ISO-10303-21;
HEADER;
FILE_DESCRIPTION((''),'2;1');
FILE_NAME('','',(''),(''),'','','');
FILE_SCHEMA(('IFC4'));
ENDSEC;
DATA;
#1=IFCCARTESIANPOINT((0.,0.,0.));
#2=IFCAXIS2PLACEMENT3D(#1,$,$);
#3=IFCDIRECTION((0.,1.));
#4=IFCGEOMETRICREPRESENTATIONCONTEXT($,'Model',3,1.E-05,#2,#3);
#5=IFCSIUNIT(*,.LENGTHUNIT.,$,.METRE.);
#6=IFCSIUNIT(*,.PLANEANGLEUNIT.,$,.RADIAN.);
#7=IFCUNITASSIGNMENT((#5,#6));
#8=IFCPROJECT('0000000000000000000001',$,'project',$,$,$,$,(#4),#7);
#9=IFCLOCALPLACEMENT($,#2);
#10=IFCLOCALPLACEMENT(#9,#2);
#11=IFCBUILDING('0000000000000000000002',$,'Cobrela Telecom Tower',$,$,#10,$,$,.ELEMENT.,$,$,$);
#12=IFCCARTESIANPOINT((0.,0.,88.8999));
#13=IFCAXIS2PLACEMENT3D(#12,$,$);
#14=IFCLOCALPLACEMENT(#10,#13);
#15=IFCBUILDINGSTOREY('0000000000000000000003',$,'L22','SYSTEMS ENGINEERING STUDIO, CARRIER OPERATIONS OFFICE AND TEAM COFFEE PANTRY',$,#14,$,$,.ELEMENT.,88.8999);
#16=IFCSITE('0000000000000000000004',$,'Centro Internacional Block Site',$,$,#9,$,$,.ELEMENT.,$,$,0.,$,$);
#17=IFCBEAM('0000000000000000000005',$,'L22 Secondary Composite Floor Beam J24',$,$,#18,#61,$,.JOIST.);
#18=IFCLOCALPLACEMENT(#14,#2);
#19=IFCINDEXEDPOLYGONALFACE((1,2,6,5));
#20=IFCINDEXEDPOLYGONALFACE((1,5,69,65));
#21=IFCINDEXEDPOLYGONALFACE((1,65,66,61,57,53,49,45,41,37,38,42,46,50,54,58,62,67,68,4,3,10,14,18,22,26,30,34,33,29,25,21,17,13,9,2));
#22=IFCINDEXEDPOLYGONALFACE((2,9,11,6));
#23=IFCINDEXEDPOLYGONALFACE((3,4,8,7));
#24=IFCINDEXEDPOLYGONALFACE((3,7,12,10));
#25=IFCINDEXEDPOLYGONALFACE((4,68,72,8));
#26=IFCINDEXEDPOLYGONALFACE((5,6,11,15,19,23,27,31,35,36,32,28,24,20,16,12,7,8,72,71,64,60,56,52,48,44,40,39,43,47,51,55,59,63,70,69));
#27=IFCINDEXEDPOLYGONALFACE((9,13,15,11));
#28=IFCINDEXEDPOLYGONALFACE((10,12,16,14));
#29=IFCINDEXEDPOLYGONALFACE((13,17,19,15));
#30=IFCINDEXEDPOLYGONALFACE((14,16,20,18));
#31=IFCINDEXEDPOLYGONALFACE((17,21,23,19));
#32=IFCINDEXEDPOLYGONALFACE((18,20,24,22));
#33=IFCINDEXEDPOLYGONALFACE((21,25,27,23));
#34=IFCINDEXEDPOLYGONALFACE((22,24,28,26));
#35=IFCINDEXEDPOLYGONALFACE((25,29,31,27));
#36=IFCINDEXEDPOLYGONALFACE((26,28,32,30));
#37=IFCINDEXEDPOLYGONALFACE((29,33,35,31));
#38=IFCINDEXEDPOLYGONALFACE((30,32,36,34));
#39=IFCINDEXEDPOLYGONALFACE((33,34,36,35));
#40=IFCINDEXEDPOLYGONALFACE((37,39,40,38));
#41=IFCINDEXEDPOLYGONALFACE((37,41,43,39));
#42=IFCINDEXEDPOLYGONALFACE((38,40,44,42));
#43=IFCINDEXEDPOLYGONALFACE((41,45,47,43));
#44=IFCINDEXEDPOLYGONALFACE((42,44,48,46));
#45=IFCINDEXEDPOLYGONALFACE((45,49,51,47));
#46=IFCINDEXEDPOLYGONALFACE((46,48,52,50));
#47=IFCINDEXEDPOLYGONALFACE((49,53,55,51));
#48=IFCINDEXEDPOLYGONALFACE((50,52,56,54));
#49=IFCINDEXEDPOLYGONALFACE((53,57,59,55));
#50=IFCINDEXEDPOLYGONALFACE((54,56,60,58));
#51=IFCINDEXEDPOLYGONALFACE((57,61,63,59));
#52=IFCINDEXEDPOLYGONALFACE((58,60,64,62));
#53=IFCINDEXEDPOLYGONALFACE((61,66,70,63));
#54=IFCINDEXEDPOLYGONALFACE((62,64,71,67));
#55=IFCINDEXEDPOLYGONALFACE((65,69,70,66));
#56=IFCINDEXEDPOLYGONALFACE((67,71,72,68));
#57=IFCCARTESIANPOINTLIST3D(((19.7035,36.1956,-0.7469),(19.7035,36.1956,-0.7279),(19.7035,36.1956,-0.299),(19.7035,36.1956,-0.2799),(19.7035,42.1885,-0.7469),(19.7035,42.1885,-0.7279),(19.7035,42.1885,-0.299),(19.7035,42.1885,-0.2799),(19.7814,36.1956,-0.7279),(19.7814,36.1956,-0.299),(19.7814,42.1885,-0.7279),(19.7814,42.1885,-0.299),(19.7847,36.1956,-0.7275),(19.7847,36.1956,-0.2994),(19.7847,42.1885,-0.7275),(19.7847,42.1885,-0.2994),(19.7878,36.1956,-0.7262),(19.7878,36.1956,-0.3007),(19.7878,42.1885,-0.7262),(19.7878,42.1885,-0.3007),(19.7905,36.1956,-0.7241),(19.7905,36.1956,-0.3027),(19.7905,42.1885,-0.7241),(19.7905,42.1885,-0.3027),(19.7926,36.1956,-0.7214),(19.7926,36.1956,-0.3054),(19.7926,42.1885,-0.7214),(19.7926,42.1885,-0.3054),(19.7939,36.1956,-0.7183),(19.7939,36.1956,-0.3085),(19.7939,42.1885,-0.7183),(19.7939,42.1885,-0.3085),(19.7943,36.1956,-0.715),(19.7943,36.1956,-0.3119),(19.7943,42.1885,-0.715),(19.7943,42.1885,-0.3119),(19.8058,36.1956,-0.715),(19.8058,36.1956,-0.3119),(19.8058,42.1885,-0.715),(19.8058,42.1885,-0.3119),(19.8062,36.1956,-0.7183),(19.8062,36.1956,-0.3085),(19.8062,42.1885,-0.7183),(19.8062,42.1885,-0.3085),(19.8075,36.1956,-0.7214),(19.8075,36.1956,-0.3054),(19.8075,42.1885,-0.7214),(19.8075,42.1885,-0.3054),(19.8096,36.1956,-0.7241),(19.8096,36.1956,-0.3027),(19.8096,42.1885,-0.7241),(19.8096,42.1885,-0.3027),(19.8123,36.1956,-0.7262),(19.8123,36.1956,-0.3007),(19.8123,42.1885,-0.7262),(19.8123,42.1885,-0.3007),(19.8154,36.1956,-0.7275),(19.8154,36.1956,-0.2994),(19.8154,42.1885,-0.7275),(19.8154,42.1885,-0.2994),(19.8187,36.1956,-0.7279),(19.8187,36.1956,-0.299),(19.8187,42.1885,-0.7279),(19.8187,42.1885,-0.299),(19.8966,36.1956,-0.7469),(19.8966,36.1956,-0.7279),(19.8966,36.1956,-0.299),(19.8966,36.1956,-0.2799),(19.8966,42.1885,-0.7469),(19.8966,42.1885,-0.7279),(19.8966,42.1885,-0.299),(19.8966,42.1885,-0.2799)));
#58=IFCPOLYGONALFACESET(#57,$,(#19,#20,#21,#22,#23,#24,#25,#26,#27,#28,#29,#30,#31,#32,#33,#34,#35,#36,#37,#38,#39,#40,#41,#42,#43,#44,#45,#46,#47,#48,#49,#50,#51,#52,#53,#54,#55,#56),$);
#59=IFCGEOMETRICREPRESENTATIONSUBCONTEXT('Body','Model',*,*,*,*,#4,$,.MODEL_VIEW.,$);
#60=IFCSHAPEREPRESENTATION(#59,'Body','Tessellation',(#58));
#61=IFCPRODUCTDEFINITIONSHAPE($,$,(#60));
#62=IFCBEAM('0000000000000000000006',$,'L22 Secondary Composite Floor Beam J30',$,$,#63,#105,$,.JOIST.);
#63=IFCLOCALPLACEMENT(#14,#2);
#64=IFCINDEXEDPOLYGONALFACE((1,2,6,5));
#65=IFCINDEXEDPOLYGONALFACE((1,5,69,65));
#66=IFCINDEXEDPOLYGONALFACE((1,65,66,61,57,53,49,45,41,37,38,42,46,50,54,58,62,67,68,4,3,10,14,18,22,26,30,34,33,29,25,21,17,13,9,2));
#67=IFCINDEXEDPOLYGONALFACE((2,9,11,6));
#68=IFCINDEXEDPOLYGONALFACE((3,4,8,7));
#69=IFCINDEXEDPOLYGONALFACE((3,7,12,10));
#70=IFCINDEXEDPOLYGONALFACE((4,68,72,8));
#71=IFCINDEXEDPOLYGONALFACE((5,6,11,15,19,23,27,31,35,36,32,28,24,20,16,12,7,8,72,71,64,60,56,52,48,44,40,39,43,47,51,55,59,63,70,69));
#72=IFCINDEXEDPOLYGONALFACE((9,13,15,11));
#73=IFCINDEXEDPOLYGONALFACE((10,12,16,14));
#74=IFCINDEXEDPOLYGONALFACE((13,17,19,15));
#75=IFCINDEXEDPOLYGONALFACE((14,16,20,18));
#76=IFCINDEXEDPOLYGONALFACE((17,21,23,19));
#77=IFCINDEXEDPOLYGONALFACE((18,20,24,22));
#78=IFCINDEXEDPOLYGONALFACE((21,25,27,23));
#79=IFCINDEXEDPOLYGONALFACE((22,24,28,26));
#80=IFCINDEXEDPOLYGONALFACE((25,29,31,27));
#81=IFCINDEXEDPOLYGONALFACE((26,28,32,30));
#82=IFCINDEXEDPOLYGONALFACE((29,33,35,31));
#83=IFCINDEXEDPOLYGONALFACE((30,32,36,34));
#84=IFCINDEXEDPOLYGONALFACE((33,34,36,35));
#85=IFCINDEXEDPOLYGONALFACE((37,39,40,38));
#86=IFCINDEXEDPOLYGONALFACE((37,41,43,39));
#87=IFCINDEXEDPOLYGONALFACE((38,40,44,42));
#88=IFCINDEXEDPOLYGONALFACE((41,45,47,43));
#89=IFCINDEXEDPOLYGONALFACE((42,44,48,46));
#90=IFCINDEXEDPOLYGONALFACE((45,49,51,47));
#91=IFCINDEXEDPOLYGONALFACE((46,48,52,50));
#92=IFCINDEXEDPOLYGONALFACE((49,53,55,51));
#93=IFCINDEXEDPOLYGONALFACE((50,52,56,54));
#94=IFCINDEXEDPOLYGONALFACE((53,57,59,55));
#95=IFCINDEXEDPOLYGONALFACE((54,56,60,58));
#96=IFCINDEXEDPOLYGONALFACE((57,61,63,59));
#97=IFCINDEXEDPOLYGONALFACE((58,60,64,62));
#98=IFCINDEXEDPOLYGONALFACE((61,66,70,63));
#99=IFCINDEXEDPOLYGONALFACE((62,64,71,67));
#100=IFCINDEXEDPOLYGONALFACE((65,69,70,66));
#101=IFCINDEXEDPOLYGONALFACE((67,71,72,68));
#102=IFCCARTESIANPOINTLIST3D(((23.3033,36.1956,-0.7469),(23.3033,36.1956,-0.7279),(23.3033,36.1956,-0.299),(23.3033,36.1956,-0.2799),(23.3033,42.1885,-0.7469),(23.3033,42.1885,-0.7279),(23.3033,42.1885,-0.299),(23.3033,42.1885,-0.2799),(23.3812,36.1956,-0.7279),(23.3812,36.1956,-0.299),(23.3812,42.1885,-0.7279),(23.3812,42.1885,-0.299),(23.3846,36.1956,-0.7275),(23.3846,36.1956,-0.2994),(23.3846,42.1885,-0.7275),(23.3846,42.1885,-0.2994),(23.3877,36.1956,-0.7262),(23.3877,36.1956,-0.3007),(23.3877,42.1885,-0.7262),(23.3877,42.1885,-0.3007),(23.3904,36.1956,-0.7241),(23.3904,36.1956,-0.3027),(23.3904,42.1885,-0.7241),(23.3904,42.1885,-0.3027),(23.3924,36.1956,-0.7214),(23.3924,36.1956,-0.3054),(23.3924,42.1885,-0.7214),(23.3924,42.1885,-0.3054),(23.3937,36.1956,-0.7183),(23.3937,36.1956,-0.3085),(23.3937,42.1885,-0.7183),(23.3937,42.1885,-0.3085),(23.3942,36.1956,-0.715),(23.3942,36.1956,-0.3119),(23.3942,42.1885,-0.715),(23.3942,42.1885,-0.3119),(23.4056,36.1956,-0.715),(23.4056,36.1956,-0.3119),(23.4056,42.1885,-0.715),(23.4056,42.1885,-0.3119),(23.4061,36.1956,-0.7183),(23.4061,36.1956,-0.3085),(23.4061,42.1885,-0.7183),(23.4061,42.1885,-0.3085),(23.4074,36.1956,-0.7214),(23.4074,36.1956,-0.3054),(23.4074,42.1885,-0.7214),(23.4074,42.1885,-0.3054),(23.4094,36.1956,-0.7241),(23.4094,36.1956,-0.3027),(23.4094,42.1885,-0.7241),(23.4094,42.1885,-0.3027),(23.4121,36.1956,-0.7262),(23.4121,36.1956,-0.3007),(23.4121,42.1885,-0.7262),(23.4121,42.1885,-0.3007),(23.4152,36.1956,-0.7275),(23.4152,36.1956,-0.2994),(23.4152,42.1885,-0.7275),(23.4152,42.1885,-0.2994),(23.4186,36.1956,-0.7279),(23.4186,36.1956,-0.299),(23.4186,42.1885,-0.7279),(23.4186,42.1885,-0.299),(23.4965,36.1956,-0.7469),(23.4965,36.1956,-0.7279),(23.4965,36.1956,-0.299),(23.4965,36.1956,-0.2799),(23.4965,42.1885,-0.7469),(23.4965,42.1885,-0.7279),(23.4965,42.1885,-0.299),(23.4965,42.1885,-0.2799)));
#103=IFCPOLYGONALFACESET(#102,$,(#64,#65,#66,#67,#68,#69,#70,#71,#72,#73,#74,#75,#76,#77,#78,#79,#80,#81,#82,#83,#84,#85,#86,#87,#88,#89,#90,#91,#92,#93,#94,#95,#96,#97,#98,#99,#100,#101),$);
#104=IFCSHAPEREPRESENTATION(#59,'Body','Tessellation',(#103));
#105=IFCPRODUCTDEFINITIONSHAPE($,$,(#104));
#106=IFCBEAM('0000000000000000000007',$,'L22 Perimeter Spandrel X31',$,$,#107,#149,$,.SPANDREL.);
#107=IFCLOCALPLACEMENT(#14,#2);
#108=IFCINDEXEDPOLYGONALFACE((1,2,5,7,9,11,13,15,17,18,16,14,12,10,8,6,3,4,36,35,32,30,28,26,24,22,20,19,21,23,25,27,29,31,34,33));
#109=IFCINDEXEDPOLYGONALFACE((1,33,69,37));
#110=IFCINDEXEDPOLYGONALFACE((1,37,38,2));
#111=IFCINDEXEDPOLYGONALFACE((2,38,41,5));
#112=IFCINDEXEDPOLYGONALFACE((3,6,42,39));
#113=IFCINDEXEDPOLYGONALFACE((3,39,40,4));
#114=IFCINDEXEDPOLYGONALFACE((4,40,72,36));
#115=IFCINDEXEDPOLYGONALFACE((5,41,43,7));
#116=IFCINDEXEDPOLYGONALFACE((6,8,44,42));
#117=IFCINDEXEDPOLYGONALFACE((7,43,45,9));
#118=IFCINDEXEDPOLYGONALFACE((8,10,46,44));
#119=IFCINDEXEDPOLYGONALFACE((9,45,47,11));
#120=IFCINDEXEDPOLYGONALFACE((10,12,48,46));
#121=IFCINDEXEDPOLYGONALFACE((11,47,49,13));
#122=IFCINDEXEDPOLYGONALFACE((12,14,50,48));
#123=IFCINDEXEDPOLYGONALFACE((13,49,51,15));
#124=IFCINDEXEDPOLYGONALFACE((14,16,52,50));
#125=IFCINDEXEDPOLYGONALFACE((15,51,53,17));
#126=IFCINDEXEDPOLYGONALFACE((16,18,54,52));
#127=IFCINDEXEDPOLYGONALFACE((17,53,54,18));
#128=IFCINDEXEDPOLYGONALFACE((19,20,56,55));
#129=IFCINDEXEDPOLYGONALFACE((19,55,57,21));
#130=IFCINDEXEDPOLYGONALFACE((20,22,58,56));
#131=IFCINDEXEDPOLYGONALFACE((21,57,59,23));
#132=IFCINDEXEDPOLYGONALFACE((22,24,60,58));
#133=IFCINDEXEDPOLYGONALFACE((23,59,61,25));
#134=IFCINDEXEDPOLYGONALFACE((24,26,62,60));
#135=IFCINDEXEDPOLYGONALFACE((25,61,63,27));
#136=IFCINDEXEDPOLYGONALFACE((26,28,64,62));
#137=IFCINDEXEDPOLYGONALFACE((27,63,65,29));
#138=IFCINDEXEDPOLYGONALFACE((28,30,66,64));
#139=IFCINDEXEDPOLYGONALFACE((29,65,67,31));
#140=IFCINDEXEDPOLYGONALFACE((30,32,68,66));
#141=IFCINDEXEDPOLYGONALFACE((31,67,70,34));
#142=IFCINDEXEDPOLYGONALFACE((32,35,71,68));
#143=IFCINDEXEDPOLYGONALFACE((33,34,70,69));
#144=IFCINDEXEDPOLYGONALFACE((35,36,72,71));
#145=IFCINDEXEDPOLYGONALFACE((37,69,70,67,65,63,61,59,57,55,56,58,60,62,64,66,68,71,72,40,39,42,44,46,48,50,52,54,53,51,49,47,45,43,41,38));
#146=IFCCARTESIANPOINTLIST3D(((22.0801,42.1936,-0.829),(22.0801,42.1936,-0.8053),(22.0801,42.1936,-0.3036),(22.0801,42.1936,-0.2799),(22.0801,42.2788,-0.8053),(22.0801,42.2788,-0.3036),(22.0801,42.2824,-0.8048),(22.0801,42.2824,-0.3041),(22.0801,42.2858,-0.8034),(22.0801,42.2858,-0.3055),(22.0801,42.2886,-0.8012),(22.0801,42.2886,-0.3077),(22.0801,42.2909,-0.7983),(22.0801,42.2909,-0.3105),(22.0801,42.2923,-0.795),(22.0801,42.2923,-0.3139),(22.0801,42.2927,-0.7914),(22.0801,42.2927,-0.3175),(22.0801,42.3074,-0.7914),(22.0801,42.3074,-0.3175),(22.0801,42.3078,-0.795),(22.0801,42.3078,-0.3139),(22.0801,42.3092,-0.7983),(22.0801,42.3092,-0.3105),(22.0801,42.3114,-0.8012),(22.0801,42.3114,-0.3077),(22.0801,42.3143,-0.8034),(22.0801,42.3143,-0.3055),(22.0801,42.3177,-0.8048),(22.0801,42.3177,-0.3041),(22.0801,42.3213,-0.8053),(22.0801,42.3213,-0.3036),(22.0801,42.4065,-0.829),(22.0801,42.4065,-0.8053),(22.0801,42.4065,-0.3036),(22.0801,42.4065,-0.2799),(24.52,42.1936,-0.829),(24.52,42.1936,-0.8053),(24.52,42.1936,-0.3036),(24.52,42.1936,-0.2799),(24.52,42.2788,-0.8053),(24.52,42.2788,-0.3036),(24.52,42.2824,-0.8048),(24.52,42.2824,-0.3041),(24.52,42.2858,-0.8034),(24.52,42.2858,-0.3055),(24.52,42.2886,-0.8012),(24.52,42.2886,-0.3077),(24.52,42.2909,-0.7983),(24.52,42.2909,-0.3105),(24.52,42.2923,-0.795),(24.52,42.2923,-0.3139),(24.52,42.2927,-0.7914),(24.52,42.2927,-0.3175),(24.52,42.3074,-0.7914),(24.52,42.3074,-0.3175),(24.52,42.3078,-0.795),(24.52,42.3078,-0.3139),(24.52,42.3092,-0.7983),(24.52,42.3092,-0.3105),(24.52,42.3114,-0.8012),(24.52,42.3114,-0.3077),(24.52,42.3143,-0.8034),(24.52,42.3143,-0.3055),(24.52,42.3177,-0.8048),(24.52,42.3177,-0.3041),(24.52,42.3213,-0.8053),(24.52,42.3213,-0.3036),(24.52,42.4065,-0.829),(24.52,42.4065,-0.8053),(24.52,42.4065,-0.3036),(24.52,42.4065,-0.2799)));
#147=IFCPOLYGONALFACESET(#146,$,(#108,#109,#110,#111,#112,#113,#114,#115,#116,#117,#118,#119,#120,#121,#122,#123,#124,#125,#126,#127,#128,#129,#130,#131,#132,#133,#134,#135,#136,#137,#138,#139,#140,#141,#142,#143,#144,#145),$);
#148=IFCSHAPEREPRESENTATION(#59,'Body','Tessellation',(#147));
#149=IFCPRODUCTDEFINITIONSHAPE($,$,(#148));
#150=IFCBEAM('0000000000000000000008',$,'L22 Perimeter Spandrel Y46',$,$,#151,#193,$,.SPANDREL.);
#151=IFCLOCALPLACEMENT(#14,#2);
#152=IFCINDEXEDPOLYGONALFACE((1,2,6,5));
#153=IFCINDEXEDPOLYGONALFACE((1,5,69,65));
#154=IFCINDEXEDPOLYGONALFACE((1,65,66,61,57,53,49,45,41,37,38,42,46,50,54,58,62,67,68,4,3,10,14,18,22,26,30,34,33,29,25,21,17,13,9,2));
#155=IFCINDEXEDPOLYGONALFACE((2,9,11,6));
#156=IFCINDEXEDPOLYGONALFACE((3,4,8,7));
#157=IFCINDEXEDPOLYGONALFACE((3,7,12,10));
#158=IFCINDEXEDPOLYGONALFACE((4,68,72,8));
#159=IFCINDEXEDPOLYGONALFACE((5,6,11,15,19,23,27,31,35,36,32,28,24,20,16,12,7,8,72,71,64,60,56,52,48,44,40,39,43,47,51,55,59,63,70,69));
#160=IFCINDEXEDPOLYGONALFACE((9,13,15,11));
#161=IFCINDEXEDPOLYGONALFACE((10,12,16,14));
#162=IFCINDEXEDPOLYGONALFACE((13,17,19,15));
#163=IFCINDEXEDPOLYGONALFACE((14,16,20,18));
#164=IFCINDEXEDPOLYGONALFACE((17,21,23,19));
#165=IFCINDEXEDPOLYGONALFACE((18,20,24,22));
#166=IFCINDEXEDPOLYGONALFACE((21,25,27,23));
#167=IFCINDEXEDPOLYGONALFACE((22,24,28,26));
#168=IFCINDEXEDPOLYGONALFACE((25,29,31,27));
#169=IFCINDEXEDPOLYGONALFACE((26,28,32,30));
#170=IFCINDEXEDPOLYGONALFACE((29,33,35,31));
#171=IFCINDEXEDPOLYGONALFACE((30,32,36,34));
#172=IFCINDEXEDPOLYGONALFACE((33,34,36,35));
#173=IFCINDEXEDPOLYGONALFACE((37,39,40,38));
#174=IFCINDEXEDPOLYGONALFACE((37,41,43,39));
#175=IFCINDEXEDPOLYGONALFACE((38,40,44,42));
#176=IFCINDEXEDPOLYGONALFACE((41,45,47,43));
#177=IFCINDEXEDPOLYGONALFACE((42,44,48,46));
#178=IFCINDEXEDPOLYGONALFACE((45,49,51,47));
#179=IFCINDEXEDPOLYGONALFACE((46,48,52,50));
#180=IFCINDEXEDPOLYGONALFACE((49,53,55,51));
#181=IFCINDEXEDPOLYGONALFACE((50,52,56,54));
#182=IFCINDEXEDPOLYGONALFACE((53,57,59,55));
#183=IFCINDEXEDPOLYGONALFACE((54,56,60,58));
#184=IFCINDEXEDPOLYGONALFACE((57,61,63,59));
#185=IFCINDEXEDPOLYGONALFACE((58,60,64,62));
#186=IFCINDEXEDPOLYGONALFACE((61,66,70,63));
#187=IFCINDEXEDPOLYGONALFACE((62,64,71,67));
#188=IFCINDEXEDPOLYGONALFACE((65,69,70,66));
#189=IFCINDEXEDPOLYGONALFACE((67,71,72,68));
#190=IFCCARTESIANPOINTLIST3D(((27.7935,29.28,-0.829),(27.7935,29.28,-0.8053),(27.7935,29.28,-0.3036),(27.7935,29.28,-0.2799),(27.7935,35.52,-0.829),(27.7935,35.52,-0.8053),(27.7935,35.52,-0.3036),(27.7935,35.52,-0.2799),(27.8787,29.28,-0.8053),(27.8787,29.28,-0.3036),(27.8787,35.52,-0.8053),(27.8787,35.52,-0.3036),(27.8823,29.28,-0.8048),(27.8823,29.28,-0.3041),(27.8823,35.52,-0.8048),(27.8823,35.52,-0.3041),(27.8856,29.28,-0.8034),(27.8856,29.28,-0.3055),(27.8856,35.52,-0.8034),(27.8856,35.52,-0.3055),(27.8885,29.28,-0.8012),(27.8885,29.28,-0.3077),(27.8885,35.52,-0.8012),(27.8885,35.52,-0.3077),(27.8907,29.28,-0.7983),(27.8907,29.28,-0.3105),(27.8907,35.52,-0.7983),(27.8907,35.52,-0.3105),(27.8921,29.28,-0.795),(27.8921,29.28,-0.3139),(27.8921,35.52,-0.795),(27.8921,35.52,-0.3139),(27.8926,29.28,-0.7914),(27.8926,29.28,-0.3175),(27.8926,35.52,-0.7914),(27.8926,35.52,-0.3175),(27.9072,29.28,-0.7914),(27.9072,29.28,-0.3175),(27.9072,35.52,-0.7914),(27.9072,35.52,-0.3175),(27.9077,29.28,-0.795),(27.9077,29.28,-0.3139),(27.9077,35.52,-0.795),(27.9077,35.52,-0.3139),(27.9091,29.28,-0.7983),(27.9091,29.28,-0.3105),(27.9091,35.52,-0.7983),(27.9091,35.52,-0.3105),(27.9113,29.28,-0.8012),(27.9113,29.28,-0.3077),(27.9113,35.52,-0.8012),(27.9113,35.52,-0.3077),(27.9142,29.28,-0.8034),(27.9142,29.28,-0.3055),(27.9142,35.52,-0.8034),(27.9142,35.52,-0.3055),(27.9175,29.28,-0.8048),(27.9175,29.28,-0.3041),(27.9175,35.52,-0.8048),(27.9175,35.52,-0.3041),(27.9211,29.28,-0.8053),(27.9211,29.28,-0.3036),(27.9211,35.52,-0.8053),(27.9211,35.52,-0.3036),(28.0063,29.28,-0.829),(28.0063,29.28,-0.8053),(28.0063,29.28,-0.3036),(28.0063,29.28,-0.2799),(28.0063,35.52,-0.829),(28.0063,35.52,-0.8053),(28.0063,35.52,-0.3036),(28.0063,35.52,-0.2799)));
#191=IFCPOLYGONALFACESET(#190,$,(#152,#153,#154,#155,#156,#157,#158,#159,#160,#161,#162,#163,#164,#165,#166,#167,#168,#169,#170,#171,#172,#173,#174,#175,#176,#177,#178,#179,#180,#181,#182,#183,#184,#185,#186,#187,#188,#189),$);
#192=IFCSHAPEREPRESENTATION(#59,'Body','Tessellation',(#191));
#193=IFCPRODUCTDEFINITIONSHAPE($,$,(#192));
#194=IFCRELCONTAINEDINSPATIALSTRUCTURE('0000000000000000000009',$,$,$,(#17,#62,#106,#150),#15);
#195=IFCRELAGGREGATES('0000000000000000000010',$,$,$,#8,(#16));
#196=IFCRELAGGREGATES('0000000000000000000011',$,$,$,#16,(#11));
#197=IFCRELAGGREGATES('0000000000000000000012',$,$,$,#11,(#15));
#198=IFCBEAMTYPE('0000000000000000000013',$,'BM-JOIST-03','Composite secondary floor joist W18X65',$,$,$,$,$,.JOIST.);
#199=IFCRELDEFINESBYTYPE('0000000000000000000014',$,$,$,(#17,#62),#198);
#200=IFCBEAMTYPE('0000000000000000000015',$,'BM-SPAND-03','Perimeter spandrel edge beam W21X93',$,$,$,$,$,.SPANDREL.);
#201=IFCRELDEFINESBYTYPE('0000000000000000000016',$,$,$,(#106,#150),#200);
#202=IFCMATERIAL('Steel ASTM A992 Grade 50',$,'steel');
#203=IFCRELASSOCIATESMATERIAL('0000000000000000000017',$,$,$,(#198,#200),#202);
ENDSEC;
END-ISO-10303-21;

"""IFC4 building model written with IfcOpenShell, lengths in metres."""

from ifc_helpers import new_model, si_unit, direction, frame, origin, origin_2d, place, context, subcontext, project, spatial, i_section, extrude, material, material_profile, profile_set, type_object, element, save


model = new_model("IFC4")

# Units and contexts
model_context = context("Model", 3, precision=1e-05, world=origin(), true_north=direction((0.0, 1.0)))
body_context = subcontext(model_context, "Body", "Model", "MODEL_VIEW")
ifc_project = project(units=[si_unit("LENGTHUNIT", "METRE"), si_unit("PLANEANGLEUNIT", "RADIAN")], contexts=[model_context])

# Site, building, storey
site_placement = place(None, origin())
site = spatial("IfcSite", under=ifc_project, at=site_placement, Name="Centro Internacional Block Site", CompositionType="ELEMENT", RefElevation=0.0)
building_placement = place(site_placement, origin())
building = spatial("IfcBuilding", under=site, at=building_placement, Name="Cobrela Telecom Tower", CompositionType="ELEMENT")
storey_placement = place(building_placement, frame((0.0, 0.0, 88.8999)))
storey = spatial("IfcBuildingStorey", under=building, at=storey_placement, Name="L22", Description="SYSTEMS ENGINEERING STUDIO, CARRIER OPERATIONS OFFICE AND TEAM COFFEE PANTRY", CompositionType="ELEMENT", Elevation=88.8999)

# Shared definitions
ifc_material_1 = material(Name="Steel ASTM A992 Grade 50", Category="steel")

# Beams
ifc_material_profile_1 = material_profile(ifc_material_1, i_section(OverallWidth=0.1931, OverallDepth=0.467, WebThickness=0.0115, FlangeThickness=0.019, FilletRadius=0.0129, at=origin_2d()), Name="W18X65")
ifc_profile_set_1 = profile_set([ifc_material_profile_1], Name="Steel ASTM A992 Grade 50")
beam_type_1 = type_object("IfcBeamType", Name="BM-JOIST-03", Description="Composite secondary floor joist W18X65", PredefinedType="JOIST", material=ifc_profile_set_1)
for number, where, z_axis, x_axis, name in (
    (1, (19.8, 36.1956, -0.5134), (0.0, 1.0, 0.0), (-1.0, 0.0, 0.0), "L22 Secondary Composite Floor Beam J24"),
    (2, (23.3999, 36.1956, -0.5134), (0.0, 1.0, 0.0), (-1.0, 0.0, 0.0), "L22 Secondary Composite Floor Beam J30"),
):
    element("IfcBeam", number, at=place(storey_placement, frame(where, z_axis=z_axis, x_axis=x_axis)), inside=storey, type_object=beam_type_1, Name=name, PredefinedType="JOIST", context=body_context, shape_type="SweptSolid", body=[
        extrude(i_section(OverallWidth=0.1931, OverallDepth=0.467, WebThickness=0.0115, FlangeThickness=0.019, FilletRadius=0.0129, at=origin_2d()), origin(), (0.0, 0.0, 1.0), 5.9929),
    ])
ifc_material_profile_2 = material_profile(ifc_material_1, i_section(OverallWidth=0.2129, OverallDepth=0.5491, WebThickness=0.0146, FlangeThickness=0.0237, FilletRadius=0.0139, at=origin_2d()), Name="W21X93")
ifc_profile_set_2 = profile_set([ifc_material_profile_2], Name="Steel ASTM A992 Grade 50")
beam_type_2 = type_object("IfcBeamType", Name="BM-SPAND-03", Description="Perimeter spandrel edge beam W21X93", PredefinedType="SPANDREL", material=ifc_profile_set_2)
beam_1_placement = place(storey_placement, frame((22.0801, 42.3, -0.5544), z_axis=(1.0, 0.0, 0.0), x_axis=(0.0, 1.0, 0.0)))
element("IfcBeam", 3, at=beam_1_placement, inside=storey, type_object=beam_type_2, Name="L22 Perimeter Spandrel X31", PredefinedType="SPANDREL", context=body_context, shape_type="SweptSolid", body=[
    extrude(i_section(OverallWidth=0.2129, OverallDepth=0.5491, WebThickness=0.0146, FlangeThickness=0.0237, FilletRadius=0.0139, at=origin_2d()), origin(), (0.0, 0.0, 1.0), 2.4399),
])
beam_2_placement = place(storey_placement, frame((27.8999, 29.28, -0.5544), z_axis=(0.0, 1.0, 0.0), x_axis=(-1.0, 0.0, 0.0)))
element("IfcBeam", 4, at=beam_2_placement, inside=storey, type_object=beam_type_2, Name="L22 Perimeter Spandrel Y46", PredefinedType="SPANDREL", context=body_context, shape_type="SweptSolid", body=[
    extrude(i_section(OverallWidth=0.2129, OverallDepth=0.5491, WebThickness=0.0146, FlangeThickness=0.0237, FilletRadius=0.0139, at=origin_2d()), origin(), (0.0, 0.0, 1.0), 6.24),
])

save(model, "model.ifc")
